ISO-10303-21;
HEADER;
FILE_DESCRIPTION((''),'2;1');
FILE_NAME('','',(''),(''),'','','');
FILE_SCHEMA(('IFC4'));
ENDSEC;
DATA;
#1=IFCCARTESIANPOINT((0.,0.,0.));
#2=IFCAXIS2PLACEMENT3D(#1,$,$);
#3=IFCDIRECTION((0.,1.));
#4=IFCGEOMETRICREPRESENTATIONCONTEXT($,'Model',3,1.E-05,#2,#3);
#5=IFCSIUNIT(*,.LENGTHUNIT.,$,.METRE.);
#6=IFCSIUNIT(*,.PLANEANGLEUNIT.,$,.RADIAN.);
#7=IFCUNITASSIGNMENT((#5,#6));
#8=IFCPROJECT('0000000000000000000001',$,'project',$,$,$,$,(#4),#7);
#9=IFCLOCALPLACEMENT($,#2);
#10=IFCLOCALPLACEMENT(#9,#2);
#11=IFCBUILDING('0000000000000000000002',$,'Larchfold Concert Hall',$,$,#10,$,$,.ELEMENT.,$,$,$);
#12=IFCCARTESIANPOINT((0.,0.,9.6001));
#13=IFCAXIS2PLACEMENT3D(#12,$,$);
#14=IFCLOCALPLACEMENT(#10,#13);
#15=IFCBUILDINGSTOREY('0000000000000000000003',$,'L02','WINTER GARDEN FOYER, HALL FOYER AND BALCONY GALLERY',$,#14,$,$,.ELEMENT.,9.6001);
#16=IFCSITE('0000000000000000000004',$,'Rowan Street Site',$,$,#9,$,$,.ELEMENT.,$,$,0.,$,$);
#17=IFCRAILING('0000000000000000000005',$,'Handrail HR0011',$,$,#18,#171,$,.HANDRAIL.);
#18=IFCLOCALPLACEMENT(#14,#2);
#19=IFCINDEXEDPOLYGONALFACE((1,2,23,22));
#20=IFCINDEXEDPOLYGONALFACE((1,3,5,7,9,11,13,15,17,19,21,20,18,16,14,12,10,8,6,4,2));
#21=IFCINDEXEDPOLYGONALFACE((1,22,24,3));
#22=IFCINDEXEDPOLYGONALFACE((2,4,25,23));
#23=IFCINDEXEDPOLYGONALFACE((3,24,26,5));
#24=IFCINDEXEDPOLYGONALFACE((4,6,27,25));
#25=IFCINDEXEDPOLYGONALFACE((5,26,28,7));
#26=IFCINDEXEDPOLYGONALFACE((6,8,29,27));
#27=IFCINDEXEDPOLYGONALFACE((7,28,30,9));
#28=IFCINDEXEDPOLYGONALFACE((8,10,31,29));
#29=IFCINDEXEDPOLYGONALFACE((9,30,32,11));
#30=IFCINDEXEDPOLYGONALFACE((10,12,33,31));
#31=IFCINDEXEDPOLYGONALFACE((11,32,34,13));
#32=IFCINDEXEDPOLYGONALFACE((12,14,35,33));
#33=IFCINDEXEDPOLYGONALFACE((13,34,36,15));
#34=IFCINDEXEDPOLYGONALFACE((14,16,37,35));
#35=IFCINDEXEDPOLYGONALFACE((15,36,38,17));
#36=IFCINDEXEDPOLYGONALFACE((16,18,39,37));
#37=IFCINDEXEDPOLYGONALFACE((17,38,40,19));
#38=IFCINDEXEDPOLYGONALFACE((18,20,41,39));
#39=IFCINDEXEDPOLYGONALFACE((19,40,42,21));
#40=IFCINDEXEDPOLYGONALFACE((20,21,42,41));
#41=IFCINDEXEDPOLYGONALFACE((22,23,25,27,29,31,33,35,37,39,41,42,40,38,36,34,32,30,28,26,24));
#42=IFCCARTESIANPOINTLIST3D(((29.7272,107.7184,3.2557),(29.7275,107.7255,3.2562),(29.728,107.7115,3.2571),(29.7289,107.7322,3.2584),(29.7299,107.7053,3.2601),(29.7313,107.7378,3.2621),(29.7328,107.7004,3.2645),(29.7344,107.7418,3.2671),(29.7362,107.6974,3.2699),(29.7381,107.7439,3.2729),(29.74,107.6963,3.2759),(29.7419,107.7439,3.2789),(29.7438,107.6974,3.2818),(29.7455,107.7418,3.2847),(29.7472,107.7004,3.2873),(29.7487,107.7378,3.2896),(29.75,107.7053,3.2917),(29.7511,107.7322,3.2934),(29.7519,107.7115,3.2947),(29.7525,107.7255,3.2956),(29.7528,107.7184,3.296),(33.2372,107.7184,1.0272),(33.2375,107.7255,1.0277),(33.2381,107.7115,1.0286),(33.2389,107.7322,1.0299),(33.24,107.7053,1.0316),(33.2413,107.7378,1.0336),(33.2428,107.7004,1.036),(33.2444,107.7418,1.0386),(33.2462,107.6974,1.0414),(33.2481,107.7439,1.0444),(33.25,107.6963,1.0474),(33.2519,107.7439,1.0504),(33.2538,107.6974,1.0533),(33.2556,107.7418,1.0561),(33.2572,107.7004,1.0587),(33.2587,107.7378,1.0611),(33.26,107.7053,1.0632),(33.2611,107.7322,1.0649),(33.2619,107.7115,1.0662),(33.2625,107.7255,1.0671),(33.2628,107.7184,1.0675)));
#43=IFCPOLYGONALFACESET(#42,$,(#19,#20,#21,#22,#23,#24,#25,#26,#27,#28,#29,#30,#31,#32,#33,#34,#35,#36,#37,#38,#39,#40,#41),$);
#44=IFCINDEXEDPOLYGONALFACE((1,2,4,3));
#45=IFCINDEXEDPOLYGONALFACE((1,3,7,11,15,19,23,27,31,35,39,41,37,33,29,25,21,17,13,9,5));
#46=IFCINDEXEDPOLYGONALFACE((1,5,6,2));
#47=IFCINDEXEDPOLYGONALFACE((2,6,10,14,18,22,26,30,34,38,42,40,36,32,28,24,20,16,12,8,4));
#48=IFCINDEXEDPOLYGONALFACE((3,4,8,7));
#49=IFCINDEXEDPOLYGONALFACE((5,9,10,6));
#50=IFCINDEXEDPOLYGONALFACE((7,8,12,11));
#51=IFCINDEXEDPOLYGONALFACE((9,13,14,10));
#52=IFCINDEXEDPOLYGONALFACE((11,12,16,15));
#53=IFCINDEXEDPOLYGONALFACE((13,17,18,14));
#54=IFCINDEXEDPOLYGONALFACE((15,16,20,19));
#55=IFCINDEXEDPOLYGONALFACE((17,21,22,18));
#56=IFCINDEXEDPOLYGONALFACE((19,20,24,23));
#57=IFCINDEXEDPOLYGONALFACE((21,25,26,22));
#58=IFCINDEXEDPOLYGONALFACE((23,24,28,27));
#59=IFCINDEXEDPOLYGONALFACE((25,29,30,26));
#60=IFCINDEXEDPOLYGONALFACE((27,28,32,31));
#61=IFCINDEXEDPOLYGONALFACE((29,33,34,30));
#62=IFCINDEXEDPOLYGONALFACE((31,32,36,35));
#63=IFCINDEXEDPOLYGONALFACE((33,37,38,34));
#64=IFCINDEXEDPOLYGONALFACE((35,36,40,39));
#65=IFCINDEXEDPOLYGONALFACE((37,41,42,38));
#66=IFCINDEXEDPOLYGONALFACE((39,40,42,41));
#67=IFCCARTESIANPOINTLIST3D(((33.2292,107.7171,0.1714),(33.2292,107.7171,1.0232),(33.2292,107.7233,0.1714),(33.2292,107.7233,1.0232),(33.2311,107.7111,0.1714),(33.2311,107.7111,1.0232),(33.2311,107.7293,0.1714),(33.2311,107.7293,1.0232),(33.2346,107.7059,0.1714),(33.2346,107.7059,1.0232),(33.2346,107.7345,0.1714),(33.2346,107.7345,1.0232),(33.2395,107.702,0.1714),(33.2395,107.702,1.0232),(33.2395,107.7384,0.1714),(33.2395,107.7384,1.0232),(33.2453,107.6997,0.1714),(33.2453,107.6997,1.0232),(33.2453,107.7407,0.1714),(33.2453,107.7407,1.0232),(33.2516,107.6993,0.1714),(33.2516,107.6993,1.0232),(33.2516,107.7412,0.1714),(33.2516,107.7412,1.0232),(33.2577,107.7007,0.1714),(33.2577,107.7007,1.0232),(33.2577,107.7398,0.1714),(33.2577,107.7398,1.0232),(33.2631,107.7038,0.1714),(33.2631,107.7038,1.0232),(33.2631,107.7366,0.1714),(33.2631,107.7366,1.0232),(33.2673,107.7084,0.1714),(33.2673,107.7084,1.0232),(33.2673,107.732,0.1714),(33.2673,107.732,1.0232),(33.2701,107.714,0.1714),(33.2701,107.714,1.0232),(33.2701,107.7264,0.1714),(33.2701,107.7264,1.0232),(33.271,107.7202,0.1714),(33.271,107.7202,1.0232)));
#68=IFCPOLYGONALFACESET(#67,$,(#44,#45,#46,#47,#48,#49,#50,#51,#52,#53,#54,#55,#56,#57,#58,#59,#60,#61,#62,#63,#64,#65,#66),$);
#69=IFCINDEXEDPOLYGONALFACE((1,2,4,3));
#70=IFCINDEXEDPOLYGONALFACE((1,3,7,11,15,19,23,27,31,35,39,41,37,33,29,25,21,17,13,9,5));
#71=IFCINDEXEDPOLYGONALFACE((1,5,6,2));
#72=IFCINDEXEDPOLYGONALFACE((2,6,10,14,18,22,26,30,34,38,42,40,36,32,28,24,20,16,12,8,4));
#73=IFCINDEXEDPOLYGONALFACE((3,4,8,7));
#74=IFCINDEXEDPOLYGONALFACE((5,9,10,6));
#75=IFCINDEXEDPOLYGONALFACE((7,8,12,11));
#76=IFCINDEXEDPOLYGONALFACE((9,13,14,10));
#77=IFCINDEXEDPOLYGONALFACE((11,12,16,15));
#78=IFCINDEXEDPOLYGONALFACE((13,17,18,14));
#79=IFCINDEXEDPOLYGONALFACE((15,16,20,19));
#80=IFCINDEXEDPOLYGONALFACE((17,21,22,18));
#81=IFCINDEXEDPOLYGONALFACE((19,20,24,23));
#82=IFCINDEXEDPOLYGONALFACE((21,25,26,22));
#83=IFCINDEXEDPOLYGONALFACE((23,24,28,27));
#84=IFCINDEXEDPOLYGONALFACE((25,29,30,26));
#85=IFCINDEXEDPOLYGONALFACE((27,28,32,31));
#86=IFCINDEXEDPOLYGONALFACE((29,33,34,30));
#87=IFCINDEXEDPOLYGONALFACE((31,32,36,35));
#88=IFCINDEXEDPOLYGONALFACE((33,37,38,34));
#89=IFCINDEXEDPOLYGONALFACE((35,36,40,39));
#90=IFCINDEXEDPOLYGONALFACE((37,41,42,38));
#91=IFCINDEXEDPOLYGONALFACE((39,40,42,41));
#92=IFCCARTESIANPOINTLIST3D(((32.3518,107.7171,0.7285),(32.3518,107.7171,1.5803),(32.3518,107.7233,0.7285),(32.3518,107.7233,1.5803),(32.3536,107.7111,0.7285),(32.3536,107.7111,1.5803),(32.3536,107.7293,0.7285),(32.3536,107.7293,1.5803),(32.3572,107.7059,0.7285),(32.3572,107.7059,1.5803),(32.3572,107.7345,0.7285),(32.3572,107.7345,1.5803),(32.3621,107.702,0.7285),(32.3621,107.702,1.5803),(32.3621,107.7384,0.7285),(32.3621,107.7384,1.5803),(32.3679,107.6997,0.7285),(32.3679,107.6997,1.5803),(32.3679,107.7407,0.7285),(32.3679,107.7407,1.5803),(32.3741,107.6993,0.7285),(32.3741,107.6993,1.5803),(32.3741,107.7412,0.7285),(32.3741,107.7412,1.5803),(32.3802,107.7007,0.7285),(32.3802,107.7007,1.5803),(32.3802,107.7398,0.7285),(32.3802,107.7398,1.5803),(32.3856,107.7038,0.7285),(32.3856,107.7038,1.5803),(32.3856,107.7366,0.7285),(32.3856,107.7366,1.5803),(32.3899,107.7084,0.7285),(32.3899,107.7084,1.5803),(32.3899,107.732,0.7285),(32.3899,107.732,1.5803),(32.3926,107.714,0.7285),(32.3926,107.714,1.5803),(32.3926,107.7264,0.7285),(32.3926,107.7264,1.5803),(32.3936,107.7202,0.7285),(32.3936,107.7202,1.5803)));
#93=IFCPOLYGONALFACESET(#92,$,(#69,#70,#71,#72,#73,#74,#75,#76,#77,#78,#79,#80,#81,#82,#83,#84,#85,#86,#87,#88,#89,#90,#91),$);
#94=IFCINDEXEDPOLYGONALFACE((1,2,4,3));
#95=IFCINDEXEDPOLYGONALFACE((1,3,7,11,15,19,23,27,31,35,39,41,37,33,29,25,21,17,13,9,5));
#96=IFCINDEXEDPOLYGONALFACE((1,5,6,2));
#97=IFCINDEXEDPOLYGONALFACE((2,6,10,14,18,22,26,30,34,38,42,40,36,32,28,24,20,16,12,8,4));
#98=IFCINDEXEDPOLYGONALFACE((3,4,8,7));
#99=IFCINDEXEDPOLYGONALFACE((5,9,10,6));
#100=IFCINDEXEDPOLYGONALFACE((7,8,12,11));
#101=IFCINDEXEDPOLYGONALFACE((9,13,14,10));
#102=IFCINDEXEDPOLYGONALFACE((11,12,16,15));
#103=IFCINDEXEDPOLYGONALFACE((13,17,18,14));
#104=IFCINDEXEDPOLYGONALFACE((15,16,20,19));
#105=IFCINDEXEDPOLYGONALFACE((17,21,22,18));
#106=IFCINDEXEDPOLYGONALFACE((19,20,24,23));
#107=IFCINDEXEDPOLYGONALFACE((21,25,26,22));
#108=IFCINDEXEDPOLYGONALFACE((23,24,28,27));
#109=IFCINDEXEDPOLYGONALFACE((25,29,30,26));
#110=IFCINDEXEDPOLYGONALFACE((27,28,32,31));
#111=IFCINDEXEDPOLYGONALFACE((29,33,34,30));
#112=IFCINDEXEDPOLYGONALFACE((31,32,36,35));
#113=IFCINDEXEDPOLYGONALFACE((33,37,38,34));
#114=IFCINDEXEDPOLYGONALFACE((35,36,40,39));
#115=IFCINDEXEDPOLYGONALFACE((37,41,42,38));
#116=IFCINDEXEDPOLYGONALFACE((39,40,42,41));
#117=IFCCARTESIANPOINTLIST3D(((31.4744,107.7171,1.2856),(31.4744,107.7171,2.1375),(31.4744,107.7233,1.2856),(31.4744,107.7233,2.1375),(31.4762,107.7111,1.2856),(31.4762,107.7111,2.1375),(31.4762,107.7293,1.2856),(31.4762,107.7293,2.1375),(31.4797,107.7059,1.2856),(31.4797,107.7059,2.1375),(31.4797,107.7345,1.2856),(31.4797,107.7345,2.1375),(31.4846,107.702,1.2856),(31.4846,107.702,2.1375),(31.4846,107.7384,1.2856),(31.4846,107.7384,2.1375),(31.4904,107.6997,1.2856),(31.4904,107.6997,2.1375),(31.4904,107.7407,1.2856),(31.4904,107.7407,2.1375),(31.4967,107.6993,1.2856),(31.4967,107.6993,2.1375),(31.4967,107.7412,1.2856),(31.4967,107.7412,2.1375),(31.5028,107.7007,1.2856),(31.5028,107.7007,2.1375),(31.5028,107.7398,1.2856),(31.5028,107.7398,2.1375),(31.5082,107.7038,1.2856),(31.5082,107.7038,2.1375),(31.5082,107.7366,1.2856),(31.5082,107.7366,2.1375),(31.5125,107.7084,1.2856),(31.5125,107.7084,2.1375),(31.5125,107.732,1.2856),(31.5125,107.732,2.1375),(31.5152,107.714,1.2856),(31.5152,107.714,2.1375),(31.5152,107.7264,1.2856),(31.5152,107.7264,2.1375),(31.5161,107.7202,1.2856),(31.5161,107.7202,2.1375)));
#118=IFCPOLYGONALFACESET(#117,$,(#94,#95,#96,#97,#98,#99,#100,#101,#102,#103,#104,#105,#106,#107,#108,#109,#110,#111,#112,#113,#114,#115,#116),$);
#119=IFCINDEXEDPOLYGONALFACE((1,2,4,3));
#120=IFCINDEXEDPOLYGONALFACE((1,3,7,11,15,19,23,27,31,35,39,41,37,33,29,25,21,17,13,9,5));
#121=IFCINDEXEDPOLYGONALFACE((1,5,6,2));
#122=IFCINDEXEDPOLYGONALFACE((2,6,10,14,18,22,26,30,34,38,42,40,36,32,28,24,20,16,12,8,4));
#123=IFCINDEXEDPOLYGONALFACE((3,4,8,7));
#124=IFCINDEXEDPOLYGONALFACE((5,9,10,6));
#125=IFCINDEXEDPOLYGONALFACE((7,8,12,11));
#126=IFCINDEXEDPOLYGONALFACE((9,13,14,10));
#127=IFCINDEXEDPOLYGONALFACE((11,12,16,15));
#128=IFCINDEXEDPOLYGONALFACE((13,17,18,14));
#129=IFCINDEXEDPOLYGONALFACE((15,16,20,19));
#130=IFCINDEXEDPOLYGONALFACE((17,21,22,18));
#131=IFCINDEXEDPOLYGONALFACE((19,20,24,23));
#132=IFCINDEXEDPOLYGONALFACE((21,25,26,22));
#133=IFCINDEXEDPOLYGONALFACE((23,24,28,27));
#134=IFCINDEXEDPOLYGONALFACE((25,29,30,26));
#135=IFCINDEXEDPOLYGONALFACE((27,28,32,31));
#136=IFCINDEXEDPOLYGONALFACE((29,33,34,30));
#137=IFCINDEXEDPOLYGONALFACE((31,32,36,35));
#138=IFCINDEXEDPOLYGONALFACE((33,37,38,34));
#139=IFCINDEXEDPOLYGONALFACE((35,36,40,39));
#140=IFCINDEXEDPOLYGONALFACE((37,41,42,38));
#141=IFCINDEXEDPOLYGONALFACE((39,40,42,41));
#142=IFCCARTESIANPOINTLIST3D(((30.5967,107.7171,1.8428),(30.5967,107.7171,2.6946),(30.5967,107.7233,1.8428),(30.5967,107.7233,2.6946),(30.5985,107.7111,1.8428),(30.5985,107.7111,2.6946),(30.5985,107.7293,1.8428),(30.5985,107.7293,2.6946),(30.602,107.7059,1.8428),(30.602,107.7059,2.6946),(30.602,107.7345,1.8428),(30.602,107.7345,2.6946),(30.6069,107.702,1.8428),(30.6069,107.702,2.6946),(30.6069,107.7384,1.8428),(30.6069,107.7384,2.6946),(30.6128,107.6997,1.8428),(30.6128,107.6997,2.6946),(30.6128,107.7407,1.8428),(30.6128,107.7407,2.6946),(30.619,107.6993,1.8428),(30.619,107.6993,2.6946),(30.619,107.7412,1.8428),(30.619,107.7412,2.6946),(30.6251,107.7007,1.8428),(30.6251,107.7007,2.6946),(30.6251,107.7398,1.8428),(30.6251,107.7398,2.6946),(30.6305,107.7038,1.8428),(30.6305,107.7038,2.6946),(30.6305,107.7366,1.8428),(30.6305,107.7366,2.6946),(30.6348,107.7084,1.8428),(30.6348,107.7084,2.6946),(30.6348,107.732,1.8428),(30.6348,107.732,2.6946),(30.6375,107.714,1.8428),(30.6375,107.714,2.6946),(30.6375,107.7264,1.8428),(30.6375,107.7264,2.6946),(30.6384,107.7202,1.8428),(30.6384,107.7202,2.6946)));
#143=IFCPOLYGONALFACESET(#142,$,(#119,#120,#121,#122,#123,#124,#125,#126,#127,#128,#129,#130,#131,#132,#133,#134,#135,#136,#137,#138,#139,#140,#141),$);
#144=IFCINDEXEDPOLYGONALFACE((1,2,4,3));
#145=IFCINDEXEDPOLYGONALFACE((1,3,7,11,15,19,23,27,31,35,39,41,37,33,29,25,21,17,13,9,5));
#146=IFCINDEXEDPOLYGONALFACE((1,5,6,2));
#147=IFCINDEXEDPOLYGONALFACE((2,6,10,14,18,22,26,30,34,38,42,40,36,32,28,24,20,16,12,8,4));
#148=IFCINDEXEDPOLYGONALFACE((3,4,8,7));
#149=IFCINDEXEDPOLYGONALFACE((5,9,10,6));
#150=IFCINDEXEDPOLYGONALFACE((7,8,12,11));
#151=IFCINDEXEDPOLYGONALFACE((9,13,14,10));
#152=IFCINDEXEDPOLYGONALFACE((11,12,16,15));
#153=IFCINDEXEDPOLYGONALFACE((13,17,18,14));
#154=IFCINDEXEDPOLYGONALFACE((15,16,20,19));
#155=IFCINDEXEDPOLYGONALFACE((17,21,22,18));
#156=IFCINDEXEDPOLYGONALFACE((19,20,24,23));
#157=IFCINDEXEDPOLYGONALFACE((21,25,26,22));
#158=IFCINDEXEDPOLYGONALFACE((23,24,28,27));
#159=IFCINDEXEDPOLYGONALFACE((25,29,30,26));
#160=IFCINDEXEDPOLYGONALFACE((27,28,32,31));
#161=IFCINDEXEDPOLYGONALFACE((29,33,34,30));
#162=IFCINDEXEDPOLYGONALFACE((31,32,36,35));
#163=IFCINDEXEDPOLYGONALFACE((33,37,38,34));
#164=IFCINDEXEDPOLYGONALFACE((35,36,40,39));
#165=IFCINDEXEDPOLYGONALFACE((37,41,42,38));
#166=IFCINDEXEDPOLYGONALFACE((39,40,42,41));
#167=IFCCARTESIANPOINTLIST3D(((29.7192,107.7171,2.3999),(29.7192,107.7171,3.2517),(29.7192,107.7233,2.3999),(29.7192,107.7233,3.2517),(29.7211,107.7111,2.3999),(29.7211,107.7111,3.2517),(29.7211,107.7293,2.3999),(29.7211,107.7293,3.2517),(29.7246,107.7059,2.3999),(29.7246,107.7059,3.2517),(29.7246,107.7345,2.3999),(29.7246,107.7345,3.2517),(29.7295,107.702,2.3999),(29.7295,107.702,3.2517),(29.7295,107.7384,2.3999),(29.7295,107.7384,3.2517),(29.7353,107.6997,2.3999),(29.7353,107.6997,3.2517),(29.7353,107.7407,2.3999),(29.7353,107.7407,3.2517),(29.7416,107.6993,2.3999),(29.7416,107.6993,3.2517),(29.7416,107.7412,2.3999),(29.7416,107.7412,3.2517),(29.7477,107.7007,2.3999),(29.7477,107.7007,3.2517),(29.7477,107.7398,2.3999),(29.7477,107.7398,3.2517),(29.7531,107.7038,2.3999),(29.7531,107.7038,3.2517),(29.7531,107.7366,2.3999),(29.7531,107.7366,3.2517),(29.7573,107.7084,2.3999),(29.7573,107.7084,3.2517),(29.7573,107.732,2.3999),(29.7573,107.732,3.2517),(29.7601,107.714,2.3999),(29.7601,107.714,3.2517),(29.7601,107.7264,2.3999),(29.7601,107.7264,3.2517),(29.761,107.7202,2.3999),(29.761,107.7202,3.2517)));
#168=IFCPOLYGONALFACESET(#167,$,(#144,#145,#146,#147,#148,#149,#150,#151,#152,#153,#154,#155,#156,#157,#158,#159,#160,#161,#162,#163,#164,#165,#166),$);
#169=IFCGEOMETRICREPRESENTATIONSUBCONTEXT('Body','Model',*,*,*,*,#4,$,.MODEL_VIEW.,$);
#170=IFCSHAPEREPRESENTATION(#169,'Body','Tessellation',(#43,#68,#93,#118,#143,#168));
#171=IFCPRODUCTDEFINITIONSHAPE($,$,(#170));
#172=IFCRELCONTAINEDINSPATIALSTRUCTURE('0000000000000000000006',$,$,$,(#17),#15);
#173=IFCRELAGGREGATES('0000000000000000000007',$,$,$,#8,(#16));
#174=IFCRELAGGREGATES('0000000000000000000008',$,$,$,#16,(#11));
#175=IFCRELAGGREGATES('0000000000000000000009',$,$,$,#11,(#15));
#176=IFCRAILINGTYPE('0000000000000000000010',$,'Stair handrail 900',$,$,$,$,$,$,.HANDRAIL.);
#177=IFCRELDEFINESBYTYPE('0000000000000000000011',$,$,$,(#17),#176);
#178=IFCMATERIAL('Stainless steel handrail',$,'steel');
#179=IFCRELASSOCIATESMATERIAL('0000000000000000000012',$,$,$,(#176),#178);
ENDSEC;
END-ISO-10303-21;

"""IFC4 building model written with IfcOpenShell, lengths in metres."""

from ifc_helpers import new_model, si_unit, direction, frame, origin, origin_2d, place, context, subcontext, project, spatial, circle, extrude, material, type_object, element, save


model = new_model("IFC4")

# Units and contexts
model_context = context("Model", 3, precision=1e-05, world=origin(), true_north=direction((0.0, 1.0)))
body_context = subcontext(model_context, "Body", "Model", "MODEL_VIEW")
ifc_project = project(units=[si_unit("LENGTHUNIT", "METRE"), si_unit("PLANEANGLEUNIT", "RADIAN")], contexts=[model_context])

# Site, building, storey
site_placement = place(None, origin())
site = spatial("IfcSite", under=ifc_project, at=site_placement, Name="Rowan Street Site", CompositionType="ELEMENT", RefElevation=0.0)
building_placement = place(site_placement, origin())
building = spatial("IfcBuilding", under=site, at=building_placement, Name="Larchfold Concert Hall", CompositionType="ELEMENT")
storey_placement = place(building_placement, frame((0.0, 0.0, 9.6001)))
storey = spatial("IfcBuildingStorey", under=building, at=storey_placement, Name="L02", Description="WINTER GARDEN FOYER, HALL FOYER AND BALCONY GALLERY", CompositionType="ELEMENT", Elevation=9.6001)

# Railing
ifc_material_1 = material(Name="Stainless steel handrail", Category="steel")
railing_type_1 = type_object("IfcRailingType", Name="Stair handrail 900", PredefinedType="HANDRAIL", material=ifc_material_1)
railing_1_placement = place(storey_placement, frame((33.25, 107.7202, 0.1714)))
element("IfcRailing", 1, at=railing_1_placement, inside=storey, type_object=railing_type_1, Name="Handrail HR0011", PredefinedType="HANDRAIL", context=body_context, shape_type="SweptSolid", body=[
    extrude(circle(Radius=0.0239, at=origin_2d()), frame((0.0, 0.0, 0.876), z_axis=(-0.84422, 0.0, 0.535998), x_axis=(0.0, -1.0, 0.0)), (0.0, 0.0, 1.0), 4.1577),
    extrude(circle(Radius=0.021, at=origin_2d()), origin(), (0.0, 0.0, 1.0), 0.8518),
    extrude(circle(Radius=0.021, at=origin_2d()), frame((-0.8774, 0.0, 0.5571)), (0.0, 0.0, 1.0), 0.8518),
    extrude(circle(Radius=0.021, at=origin_2d()), frame((-1.7549, 0.0, 1.1143)), (0.0, 0.0, 1.0), 0.8518),
    extrude(circle(Radius=0.021, at=origin_2d()), frame((-2.6326, 0.0, 1.6714)), (0.0, 0.0, 1.0), 0.8518),
    extrude(circle(Radius=0.021, at=origin_2d()), frame((-3.51, 0.0, 2.2285)), (0.0, 0.0, 1.0), 0.8518),
])

save(model, "model.ifc")
